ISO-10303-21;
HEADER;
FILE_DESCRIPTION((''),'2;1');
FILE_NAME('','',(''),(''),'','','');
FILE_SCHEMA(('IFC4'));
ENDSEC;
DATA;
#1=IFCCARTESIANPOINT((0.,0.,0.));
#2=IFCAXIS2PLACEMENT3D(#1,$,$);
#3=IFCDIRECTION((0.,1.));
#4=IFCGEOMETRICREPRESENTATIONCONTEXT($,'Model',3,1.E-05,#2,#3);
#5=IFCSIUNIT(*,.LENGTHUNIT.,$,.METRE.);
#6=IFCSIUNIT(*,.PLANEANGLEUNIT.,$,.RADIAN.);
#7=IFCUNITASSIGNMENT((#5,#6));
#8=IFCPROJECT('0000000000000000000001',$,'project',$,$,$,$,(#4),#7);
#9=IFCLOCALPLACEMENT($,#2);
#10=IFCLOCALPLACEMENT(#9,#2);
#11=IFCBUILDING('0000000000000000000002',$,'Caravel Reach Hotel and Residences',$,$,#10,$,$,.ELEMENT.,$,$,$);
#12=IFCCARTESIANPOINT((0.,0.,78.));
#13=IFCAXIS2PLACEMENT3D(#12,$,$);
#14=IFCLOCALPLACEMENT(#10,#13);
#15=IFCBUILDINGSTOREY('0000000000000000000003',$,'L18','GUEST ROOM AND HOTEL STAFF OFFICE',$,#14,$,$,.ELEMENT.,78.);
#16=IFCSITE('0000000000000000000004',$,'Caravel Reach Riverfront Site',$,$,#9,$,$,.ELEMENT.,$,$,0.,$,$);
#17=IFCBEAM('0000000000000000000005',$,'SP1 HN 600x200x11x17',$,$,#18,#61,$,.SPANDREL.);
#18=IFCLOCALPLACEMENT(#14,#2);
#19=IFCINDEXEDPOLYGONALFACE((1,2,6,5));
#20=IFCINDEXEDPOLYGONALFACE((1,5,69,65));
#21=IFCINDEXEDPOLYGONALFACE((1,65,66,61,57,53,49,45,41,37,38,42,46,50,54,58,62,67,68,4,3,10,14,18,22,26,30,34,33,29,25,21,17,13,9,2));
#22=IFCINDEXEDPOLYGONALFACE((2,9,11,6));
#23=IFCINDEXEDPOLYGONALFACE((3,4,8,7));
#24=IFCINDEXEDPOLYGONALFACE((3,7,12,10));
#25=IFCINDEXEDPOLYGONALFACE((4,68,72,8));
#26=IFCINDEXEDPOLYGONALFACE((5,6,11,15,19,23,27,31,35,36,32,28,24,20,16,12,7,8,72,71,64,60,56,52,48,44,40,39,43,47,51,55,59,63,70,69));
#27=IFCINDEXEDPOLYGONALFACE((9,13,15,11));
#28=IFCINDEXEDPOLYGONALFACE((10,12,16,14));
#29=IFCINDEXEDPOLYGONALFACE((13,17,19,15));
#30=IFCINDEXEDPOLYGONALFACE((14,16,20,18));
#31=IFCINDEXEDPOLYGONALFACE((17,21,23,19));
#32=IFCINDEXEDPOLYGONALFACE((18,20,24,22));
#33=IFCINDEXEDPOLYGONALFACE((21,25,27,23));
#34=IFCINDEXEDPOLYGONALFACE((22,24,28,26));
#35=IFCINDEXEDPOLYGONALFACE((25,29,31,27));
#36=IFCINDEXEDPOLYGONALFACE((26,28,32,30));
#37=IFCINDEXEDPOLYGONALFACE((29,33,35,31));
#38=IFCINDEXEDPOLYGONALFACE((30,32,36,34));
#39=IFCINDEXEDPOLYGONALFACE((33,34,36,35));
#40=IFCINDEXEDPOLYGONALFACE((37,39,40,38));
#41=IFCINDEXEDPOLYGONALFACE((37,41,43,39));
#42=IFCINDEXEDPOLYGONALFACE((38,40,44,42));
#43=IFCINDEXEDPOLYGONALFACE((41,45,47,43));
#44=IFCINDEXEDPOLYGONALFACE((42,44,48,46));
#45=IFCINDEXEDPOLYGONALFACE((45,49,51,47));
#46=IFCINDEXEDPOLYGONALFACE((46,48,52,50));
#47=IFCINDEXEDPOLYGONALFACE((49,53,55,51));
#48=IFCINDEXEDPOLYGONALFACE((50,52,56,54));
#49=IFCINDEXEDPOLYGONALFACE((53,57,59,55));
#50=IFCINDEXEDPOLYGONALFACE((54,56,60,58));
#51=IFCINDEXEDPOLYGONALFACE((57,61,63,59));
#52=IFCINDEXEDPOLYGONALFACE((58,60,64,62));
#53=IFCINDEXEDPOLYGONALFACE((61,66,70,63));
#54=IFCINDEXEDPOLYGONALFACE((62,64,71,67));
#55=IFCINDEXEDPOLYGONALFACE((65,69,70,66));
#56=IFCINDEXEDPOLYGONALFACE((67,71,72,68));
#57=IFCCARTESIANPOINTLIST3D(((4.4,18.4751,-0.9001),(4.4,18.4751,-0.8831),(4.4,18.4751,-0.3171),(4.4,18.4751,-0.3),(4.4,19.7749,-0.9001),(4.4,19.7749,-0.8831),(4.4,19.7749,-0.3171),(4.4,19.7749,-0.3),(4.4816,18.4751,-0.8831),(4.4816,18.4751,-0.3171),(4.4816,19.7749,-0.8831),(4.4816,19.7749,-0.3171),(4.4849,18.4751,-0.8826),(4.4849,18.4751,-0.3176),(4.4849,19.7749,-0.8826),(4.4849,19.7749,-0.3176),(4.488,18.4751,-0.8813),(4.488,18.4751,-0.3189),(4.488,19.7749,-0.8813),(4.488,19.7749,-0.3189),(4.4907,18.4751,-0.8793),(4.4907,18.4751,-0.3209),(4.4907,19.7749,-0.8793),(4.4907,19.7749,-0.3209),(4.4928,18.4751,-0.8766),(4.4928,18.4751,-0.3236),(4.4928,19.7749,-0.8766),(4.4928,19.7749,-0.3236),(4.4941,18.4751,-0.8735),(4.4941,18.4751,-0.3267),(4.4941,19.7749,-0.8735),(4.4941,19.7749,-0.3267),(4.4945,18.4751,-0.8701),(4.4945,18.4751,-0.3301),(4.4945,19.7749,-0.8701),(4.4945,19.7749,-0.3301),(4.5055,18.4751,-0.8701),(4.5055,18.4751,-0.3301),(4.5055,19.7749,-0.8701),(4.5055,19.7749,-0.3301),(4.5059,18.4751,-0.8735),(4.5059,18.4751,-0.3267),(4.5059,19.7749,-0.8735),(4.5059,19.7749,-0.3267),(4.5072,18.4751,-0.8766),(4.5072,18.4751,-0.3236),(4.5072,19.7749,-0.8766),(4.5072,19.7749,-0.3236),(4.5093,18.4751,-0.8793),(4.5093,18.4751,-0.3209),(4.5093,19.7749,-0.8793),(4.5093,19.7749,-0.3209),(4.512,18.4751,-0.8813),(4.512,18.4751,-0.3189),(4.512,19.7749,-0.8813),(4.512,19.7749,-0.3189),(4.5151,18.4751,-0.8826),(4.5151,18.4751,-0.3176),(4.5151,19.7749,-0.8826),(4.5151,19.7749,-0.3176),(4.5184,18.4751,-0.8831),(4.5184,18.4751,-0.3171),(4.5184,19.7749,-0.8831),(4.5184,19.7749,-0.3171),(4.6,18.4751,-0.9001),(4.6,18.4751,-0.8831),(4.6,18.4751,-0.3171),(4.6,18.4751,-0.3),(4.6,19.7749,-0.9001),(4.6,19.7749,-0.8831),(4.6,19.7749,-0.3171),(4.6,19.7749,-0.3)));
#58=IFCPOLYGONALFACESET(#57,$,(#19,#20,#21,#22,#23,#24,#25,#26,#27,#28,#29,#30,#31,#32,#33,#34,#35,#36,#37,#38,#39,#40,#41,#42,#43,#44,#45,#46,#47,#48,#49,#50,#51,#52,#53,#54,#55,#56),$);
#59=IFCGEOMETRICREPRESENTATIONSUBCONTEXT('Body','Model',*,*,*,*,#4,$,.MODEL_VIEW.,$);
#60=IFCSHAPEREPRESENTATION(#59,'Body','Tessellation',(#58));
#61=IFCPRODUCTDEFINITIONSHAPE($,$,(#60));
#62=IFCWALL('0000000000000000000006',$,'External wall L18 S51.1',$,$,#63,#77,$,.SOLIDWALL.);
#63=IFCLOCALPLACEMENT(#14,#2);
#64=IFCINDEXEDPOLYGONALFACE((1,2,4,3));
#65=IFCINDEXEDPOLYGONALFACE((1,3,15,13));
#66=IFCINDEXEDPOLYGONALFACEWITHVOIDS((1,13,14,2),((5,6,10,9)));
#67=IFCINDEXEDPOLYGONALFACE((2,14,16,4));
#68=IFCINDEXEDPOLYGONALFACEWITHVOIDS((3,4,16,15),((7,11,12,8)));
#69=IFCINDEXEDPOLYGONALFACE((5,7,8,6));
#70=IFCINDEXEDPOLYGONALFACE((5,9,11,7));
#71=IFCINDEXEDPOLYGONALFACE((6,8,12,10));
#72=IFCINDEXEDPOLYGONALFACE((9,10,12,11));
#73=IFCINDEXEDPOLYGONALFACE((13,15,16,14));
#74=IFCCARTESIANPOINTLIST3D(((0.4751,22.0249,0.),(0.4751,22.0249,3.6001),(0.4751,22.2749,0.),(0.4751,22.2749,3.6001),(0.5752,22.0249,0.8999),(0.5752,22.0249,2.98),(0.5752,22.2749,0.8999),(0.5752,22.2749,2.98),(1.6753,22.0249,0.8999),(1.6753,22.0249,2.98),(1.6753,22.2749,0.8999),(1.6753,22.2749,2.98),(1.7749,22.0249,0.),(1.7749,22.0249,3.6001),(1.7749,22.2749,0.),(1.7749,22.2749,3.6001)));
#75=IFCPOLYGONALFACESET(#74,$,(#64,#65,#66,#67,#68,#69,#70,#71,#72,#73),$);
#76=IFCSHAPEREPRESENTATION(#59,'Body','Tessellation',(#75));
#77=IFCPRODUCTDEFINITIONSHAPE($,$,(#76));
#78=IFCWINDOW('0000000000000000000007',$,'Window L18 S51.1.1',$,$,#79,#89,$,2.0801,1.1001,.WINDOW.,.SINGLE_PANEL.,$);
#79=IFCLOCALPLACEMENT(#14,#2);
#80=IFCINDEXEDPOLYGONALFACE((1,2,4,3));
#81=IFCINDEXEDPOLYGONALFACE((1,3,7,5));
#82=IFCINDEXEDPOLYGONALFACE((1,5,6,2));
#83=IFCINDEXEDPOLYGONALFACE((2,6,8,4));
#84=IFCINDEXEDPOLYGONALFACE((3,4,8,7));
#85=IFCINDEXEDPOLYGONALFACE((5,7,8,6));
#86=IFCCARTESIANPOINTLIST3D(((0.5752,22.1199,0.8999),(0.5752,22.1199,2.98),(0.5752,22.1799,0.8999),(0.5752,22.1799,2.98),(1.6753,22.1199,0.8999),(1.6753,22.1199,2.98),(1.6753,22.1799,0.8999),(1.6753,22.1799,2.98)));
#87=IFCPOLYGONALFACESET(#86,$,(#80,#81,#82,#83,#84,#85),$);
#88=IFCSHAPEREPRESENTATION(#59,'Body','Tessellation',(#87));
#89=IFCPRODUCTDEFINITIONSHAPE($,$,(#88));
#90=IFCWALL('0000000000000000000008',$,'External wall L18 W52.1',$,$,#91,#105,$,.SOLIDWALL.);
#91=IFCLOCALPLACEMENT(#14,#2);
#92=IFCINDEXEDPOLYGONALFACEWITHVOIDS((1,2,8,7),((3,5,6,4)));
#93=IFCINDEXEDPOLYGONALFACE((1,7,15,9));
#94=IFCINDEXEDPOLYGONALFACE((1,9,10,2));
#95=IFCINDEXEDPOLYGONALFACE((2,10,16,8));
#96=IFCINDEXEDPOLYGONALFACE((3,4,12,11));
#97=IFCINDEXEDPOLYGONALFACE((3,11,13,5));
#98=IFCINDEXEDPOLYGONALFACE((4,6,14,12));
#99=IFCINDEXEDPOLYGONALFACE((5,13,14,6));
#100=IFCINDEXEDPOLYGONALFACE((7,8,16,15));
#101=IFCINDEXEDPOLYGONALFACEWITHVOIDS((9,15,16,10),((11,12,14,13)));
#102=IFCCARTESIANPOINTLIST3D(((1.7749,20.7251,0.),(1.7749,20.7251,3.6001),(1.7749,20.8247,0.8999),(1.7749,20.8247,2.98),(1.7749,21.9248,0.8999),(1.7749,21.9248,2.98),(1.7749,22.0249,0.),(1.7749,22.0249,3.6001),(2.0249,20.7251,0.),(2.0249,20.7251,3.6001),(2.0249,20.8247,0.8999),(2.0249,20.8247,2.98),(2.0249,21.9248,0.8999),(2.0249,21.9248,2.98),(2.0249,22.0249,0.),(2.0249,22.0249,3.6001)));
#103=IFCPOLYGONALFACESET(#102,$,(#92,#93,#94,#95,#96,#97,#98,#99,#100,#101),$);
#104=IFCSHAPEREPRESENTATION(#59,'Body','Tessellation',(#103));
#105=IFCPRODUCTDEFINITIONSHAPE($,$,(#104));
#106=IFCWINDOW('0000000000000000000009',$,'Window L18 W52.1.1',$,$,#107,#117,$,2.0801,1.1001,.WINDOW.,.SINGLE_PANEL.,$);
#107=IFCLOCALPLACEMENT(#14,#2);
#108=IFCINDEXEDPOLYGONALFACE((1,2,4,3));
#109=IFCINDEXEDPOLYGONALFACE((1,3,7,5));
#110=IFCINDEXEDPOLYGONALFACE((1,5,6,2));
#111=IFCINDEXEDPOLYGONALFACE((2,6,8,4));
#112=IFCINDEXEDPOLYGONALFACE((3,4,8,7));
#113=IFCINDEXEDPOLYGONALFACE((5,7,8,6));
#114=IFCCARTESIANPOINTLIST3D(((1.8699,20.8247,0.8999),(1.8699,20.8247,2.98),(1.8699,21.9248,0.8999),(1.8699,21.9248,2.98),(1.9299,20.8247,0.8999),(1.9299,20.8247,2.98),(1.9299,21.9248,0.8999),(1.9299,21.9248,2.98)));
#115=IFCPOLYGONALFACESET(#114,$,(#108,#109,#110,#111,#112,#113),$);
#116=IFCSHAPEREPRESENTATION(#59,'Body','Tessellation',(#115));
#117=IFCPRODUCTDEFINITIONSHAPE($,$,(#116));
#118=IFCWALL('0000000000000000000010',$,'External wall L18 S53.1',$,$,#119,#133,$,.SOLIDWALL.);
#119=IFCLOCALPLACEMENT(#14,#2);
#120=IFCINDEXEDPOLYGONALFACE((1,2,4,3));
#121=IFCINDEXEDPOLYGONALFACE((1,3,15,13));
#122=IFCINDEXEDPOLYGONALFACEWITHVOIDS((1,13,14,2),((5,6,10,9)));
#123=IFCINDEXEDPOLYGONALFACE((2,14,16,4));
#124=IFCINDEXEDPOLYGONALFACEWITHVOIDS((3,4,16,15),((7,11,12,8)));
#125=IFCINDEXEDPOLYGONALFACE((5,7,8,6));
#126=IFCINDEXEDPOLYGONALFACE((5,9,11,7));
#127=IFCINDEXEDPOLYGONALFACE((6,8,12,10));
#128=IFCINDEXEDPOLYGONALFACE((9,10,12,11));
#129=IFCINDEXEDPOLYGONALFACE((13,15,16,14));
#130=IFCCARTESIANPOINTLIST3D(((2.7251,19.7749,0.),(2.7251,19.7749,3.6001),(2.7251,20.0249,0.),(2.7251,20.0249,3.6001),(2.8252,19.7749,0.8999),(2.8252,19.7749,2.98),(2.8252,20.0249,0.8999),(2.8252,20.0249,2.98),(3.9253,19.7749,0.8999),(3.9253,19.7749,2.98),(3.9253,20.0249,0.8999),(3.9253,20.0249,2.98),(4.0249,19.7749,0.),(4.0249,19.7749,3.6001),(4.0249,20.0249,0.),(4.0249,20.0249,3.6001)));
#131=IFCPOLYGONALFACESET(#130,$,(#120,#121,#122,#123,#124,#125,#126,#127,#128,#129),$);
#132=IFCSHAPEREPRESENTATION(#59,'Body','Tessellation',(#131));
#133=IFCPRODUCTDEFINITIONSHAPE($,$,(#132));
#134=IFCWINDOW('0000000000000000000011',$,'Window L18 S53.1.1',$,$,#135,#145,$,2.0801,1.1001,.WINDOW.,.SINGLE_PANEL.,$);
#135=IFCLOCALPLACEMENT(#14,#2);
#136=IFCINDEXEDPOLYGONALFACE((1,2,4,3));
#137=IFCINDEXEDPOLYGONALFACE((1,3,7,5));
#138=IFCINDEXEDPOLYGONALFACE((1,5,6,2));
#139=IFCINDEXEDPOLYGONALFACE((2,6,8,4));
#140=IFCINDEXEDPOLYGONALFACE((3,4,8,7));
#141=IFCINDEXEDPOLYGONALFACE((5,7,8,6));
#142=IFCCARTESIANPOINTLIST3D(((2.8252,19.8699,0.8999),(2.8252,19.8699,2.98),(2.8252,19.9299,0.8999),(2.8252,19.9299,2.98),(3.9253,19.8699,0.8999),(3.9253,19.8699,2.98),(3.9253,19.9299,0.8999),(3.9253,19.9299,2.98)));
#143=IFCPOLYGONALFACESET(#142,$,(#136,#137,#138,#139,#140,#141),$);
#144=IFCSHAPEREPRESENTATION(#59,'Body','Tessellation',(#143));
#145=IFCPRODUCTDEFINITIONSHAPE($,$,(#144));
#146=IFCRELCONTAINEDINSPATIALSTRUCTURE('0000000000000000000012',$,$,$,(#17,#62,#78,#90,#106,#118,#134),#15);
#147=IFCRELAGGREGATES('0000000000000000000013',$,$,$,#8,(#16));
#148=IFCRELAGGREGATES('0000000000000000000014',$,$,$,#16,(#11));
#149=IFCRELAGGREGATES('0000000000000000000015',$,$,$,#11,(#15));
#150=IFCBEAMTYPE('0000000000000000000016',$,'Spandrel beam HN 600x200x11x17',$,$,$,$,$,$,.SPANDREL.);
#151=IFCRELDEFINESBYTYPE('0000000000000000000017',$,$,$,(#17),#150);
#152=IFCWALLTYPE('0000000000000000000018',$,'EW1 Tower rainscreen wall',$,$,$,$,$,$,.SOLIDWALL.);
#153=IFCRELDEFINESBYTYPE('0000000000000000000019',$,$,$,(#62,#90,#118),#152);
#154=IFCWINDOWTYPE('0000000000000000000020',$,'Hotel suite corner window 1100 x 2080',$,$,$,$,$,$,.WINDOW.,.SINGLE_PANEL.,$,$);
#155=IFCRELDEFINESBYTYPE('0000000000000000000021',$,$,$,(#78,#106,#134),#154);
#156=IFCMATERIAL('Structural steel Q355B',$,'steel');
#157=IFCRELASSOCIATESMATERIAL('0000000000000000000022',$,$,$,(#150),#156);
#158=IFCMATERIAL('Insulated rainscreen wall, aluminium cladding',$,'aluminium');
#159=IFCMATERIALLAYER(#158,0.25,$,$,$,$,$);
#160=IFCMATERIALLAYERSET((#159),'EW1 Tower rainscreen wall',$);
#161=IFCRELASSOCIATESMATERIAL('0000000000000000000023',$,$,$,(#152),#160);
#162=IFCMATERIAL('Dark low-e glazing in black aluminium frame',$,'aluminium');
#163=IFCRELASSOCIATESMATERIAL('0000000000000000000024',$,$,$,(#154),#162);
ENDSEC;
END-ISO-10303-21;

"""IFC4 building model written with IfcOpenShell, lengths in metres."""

from ifc_helpers import new_model, si_unit, direction, frame, frame_2d, origin, origin_2d, place, context, subcontext, project, spatial, rectangle, i_section, extrude, material, layer, layer_set, material_profile, profile_set, type_object, element, fill, save


model = new_model("IFC4")

# Units and contexts
model_context = context("Model", 3, precision=1e-05, world=origin(), true_north=direction((0.0, 1.0)))
body_context = subcontext(model_context, "Body", "Model", "MODEL_VIEW")
ifc_project = project(units=[si_unit("LENGTHUNIT", "METRE"), si_unit("PLANEANGLEUNIT", "RADIAN")], contexts=[model_context])

# Site, building, storey
site_placement = place(None, origin())
site = spatial("IfcSite", under=ifc_project, at=site_placement, Name="Caravel Reach Riverfront Site", CompositionType="ELEMENT", RefElevation=0.0)
building_placement = place(site_placement, origin())
building = spatial("IfcBuilding", under=site, at=building_placement, Name="Caravel Reach Hotel and Residences", CompositionType="ELEMENT")
storey_placement = place(building_placement, frame((0.0, 0.0, 78.0)))
storey = spatial("IfcBuildingStorey", under=building, at=storey_placement, Name="L18", Description="GUEST ROOM AND HOTEL STAFF OFFICE", CompositionType="ELEMENT", Elevation=78.0)

# Beam
ifc_material_1 = material(Name="Structural steel Q355B", Category="steel")
ifc_material_profile_1 = material_profile(ifc_material_1, i_section(OverallWidth=0.2, OverallDepth=0.6001, WebThickness=0.011, FlangeThickness=0.0171, FilletRadius=0.0129, at=origin_2d()), Name="HN 600x200x11x17")
ifc_profile_set_1 = profile_set([ifc_material_profile_1], Name="Structural steel Q355B")
beam_type = type_object("IfcBeamType", Name="Spandrel beam HN 600x200x11x17", PredefinedType="SPANDREL", material=ifc_profile_set_1)
for number, where, z_axis, x_axis, name in (
    (1, (4.5, 19.7749, -0.6001), (0.0, -1.0, 0.0), (1.0, 0.0, 0.0), "SP1 HN 600x200x11x17"),
):
    element("IfcBeam", number, at=place(storey_placement, frame(where, z_axis=z_axis, x_axis=x_axis)), inside=storey, type_object=beam_type, Name=name, PredefinedType="SPANDREL", context=body_context, shape_type="SweptSolid", body=[
        extrude(i_section(OverallWidth=0.2, OverallDepth=0.6001, WebThickness=0.011, FlangeThickness=0.0171, FilletRadius=0.0129, at=origin_2d()), origin(), (0.0, 0.0, 1.0), 1.2998),
    ])

# Walls, openings, windows
ifc_material_2 = material(Name="Insulated rainscreen wall, aluminium cladding", Category="aluminium")
ifc_layer = layer(ifc_material_2, 0.25)
ifc_layer_set = layer_set([ifc_layer], Name="EW1 Tower rainscreen wall")
wall_type = type_object("IfcWallType", Name="EW1 Tower rainscreen wall", PredefinedType="SOLIDWALL", material=ifc_layer_set)
wall_1_placement = place(storey_placement, frame((0.4751, 22.1499, 0.0), z_axis=(0.0, 0.0, 1.0), x_axis=(1.0, 0.0, 0.0)))
wall_1 = element("IfcWall", 2, at=wall_1_placement, inside=storey, type_object=wall_type, Name="External wall L18 S51.1", PredefinedType="SOLIDWALL", context=body_context, shape_type="SweptSolid", body=[
    extrude(rectangle(XDim=1.2998, YDim=0.25, at=frame_2d((0.6499, 0.0))), origin(), (0.0, 0.0, 1.0), 3.6001),
])
opening_1_placement = place(wall_1_placement, frame((0.1001, 0.0, 0.8999)))
opening_1 = element("IfcOpeningElement", 3, at=opening_1_placement, cuts=wall_1, PredefinedType="OPENING", context=body_context, shape_type="SweptSolid", body=[
    extrude(rectangle(XDim=1.1001, YDim=2.0801, at=frame_2d((0.55, 1.04))), frame((0.0, 0.135, 0.0), z_axis=(0.0, -1.0, 0.0), x_axis=(1.0, 0.0, 0.0)), (0.0, 0.0, 1.0), 0.27),
])
ifc_material_3 = material(Name="Dark low-e glazing in black aluminium frame", Category="aluminium")
window_type = type_object("IfcWindowType", Name="Hotel suite corner window 1100 x 2080", PartitioningType="SINGLE_PANEL", PredefinedType="WINDOW", material=ifc_material_3)
window_1_placement = place(opening_1_placement, origin())
window_1 = element("IfcWindow", 4, at=window_1_placement, inside=storey, type_object=window_type, Name="Window L18 S51.1.1", OverallHeight=2.0801, OverallWidth=1.1001, PartitioningType="SINGLE_PANEL", PredefinedType="WINDOW", context=body_context, shape_type="SweptSolid", body=[
    extrude(rectangle(XDim=1.1001, YDim=2.0801, at=frame_2d((0.55, 1.04))), frame((0.0, 0.03, 0.0), z_axis=(0.0, -1.0, 0.0), x_axis=(1.0, 0.0, 0.0)), (0.0, 0.0, 1.0), 0.0601),
])
fill(opening_1, window_1)
wall_2_placement = place(storey_placement, frame((1.8999, 22.0249, 0.0), z_axis=(0.0, 0.0, 1.0), x_axis=(0.0, -1.0, 0.0)))
wall_2 = element("IfcWall", 5, at=wall_2_placement, inside=storey, type_object=wall_type, Name="External wall L18 W52.1", PredefinedType="SOLIDWALL", context=body_context, shape_type="SweptSolid", body=[
    extrude(rectangle(XDim=1.2998, YDim=0.25, at=frame_2d((0.6499, 0.0))), origin(), (0.0, 0.0, 1.0), 3.6001),
])
opening_2_placement = place(wall_2_placement, frame((0.1001, 0.0, 0.8999)))
opening_2 = element("IfcOpeningElement", 6, at=opening_2_placement, cuts=wall_2, PredefinedType="OPENING", context=body_context, shape_type="SweptSolid", body=[
    extrude(rectangle(XDim=1.1001, YDim=2.0801, at=frame_2d((0.55, 1.04))), frame((0.0, 0.135, 0.0), z_axis=(0.0, -1.0, 0.0), x_axis=(1.0, 0.0, 0.0)), (0.0, 0.0, 1.0), 0.27),
])
window_2_placement = place(opening_2_placement, origin())
window_2 = element("IfcWindow", 7, at=window_2_placement, inside=storey, type_object=window_type, Name="Window L18 W52.1.1", OverallHeight=2.0801, OverallWidth=1.1001, PartitioningType="SINGLE_PANEL", PredefinedType="WINDOW", context=body_context, shape_type="SweptSolid", body=[
    extrude(rectangle(XDim=1.1001, YDim=2.0801, at=frame_2d((0.55, 1.04))), frame((0.0, 0.03, 0.0), z_axis=(0.0, -1.0, 0.0), x_axis=(1.0, 0.0, 0.0)), (0.0, 0.0, 1.0), 0.0601),
])
fill(opening_2, window_2)
wall_3_placement = place(storey_placement, frame((2.7251, 19.8999, 0.0), z_axis=(0.0, 0.0, 1.0), x_axis=(1.0, 0.0, 0.0)))
wall_3 = element("IfcWall", 8, at=wall_3_placement, inside=storey, type_object=wall_type, Name="External wall L18 S53.1", PredefinedType="SOLIDWALL", context=body_context, shape_type="SweptSolid", body=[
    extrude(rectangle(XDim=1.2998, YDim=0.25, at=frame_2d((0.6499, 0.0))), origin(), (0.0, 0.0, 1.0), 3.6001),
])
opening_3_placement = place(wall_3_placement, frame((0.1001, 0.0, 0.8999)))
opening_3 = element("IfcOpeningElement", 9, at=opening_3_placement, cuts=wall_3, PredefinedType="OPENING", context=body_context, shape_type="SweptSolid", body=[
    extrude(rectangle(XDim=1.1001, YDim=2.0801, at=frame_2d((0.55, 1.04))), frame((0.0, 0.135, 0.0), z_axis=(0.0, -1.0, 0.0), x_axis=(1.0, 0.0, 0.0)), (0.0, 0.0, 1.0), 0.27),
])
window_3_placement = place(opening_3_placement, origin())
window_3 = element("IfcWindow", 10, at=window_3_placement, inside=storey, type_object=window_type, Name="Window L18 S53.1.1", OverallHeight=2.0801, OverallWidth=1.1001, PartitioningType="SINGLE_PANEL", PredefinedType="WINDOW", context=body_context, shape_type="SweptSolid", body=[
    extrude(rectangle(XDim=1.1001, YDim=2.0801, at=frame_2d((0.55, 1.04))), frame((0.0, 0.03, 0.0), z_axis=(0.0, -1.0, 0.0), x_axis=(1.0, 0.0, 0.0)), (0.0, 0.0, 1.0), 0.0601),
])
fill(opening_3, window_3)

save(model, "model.ifc")
